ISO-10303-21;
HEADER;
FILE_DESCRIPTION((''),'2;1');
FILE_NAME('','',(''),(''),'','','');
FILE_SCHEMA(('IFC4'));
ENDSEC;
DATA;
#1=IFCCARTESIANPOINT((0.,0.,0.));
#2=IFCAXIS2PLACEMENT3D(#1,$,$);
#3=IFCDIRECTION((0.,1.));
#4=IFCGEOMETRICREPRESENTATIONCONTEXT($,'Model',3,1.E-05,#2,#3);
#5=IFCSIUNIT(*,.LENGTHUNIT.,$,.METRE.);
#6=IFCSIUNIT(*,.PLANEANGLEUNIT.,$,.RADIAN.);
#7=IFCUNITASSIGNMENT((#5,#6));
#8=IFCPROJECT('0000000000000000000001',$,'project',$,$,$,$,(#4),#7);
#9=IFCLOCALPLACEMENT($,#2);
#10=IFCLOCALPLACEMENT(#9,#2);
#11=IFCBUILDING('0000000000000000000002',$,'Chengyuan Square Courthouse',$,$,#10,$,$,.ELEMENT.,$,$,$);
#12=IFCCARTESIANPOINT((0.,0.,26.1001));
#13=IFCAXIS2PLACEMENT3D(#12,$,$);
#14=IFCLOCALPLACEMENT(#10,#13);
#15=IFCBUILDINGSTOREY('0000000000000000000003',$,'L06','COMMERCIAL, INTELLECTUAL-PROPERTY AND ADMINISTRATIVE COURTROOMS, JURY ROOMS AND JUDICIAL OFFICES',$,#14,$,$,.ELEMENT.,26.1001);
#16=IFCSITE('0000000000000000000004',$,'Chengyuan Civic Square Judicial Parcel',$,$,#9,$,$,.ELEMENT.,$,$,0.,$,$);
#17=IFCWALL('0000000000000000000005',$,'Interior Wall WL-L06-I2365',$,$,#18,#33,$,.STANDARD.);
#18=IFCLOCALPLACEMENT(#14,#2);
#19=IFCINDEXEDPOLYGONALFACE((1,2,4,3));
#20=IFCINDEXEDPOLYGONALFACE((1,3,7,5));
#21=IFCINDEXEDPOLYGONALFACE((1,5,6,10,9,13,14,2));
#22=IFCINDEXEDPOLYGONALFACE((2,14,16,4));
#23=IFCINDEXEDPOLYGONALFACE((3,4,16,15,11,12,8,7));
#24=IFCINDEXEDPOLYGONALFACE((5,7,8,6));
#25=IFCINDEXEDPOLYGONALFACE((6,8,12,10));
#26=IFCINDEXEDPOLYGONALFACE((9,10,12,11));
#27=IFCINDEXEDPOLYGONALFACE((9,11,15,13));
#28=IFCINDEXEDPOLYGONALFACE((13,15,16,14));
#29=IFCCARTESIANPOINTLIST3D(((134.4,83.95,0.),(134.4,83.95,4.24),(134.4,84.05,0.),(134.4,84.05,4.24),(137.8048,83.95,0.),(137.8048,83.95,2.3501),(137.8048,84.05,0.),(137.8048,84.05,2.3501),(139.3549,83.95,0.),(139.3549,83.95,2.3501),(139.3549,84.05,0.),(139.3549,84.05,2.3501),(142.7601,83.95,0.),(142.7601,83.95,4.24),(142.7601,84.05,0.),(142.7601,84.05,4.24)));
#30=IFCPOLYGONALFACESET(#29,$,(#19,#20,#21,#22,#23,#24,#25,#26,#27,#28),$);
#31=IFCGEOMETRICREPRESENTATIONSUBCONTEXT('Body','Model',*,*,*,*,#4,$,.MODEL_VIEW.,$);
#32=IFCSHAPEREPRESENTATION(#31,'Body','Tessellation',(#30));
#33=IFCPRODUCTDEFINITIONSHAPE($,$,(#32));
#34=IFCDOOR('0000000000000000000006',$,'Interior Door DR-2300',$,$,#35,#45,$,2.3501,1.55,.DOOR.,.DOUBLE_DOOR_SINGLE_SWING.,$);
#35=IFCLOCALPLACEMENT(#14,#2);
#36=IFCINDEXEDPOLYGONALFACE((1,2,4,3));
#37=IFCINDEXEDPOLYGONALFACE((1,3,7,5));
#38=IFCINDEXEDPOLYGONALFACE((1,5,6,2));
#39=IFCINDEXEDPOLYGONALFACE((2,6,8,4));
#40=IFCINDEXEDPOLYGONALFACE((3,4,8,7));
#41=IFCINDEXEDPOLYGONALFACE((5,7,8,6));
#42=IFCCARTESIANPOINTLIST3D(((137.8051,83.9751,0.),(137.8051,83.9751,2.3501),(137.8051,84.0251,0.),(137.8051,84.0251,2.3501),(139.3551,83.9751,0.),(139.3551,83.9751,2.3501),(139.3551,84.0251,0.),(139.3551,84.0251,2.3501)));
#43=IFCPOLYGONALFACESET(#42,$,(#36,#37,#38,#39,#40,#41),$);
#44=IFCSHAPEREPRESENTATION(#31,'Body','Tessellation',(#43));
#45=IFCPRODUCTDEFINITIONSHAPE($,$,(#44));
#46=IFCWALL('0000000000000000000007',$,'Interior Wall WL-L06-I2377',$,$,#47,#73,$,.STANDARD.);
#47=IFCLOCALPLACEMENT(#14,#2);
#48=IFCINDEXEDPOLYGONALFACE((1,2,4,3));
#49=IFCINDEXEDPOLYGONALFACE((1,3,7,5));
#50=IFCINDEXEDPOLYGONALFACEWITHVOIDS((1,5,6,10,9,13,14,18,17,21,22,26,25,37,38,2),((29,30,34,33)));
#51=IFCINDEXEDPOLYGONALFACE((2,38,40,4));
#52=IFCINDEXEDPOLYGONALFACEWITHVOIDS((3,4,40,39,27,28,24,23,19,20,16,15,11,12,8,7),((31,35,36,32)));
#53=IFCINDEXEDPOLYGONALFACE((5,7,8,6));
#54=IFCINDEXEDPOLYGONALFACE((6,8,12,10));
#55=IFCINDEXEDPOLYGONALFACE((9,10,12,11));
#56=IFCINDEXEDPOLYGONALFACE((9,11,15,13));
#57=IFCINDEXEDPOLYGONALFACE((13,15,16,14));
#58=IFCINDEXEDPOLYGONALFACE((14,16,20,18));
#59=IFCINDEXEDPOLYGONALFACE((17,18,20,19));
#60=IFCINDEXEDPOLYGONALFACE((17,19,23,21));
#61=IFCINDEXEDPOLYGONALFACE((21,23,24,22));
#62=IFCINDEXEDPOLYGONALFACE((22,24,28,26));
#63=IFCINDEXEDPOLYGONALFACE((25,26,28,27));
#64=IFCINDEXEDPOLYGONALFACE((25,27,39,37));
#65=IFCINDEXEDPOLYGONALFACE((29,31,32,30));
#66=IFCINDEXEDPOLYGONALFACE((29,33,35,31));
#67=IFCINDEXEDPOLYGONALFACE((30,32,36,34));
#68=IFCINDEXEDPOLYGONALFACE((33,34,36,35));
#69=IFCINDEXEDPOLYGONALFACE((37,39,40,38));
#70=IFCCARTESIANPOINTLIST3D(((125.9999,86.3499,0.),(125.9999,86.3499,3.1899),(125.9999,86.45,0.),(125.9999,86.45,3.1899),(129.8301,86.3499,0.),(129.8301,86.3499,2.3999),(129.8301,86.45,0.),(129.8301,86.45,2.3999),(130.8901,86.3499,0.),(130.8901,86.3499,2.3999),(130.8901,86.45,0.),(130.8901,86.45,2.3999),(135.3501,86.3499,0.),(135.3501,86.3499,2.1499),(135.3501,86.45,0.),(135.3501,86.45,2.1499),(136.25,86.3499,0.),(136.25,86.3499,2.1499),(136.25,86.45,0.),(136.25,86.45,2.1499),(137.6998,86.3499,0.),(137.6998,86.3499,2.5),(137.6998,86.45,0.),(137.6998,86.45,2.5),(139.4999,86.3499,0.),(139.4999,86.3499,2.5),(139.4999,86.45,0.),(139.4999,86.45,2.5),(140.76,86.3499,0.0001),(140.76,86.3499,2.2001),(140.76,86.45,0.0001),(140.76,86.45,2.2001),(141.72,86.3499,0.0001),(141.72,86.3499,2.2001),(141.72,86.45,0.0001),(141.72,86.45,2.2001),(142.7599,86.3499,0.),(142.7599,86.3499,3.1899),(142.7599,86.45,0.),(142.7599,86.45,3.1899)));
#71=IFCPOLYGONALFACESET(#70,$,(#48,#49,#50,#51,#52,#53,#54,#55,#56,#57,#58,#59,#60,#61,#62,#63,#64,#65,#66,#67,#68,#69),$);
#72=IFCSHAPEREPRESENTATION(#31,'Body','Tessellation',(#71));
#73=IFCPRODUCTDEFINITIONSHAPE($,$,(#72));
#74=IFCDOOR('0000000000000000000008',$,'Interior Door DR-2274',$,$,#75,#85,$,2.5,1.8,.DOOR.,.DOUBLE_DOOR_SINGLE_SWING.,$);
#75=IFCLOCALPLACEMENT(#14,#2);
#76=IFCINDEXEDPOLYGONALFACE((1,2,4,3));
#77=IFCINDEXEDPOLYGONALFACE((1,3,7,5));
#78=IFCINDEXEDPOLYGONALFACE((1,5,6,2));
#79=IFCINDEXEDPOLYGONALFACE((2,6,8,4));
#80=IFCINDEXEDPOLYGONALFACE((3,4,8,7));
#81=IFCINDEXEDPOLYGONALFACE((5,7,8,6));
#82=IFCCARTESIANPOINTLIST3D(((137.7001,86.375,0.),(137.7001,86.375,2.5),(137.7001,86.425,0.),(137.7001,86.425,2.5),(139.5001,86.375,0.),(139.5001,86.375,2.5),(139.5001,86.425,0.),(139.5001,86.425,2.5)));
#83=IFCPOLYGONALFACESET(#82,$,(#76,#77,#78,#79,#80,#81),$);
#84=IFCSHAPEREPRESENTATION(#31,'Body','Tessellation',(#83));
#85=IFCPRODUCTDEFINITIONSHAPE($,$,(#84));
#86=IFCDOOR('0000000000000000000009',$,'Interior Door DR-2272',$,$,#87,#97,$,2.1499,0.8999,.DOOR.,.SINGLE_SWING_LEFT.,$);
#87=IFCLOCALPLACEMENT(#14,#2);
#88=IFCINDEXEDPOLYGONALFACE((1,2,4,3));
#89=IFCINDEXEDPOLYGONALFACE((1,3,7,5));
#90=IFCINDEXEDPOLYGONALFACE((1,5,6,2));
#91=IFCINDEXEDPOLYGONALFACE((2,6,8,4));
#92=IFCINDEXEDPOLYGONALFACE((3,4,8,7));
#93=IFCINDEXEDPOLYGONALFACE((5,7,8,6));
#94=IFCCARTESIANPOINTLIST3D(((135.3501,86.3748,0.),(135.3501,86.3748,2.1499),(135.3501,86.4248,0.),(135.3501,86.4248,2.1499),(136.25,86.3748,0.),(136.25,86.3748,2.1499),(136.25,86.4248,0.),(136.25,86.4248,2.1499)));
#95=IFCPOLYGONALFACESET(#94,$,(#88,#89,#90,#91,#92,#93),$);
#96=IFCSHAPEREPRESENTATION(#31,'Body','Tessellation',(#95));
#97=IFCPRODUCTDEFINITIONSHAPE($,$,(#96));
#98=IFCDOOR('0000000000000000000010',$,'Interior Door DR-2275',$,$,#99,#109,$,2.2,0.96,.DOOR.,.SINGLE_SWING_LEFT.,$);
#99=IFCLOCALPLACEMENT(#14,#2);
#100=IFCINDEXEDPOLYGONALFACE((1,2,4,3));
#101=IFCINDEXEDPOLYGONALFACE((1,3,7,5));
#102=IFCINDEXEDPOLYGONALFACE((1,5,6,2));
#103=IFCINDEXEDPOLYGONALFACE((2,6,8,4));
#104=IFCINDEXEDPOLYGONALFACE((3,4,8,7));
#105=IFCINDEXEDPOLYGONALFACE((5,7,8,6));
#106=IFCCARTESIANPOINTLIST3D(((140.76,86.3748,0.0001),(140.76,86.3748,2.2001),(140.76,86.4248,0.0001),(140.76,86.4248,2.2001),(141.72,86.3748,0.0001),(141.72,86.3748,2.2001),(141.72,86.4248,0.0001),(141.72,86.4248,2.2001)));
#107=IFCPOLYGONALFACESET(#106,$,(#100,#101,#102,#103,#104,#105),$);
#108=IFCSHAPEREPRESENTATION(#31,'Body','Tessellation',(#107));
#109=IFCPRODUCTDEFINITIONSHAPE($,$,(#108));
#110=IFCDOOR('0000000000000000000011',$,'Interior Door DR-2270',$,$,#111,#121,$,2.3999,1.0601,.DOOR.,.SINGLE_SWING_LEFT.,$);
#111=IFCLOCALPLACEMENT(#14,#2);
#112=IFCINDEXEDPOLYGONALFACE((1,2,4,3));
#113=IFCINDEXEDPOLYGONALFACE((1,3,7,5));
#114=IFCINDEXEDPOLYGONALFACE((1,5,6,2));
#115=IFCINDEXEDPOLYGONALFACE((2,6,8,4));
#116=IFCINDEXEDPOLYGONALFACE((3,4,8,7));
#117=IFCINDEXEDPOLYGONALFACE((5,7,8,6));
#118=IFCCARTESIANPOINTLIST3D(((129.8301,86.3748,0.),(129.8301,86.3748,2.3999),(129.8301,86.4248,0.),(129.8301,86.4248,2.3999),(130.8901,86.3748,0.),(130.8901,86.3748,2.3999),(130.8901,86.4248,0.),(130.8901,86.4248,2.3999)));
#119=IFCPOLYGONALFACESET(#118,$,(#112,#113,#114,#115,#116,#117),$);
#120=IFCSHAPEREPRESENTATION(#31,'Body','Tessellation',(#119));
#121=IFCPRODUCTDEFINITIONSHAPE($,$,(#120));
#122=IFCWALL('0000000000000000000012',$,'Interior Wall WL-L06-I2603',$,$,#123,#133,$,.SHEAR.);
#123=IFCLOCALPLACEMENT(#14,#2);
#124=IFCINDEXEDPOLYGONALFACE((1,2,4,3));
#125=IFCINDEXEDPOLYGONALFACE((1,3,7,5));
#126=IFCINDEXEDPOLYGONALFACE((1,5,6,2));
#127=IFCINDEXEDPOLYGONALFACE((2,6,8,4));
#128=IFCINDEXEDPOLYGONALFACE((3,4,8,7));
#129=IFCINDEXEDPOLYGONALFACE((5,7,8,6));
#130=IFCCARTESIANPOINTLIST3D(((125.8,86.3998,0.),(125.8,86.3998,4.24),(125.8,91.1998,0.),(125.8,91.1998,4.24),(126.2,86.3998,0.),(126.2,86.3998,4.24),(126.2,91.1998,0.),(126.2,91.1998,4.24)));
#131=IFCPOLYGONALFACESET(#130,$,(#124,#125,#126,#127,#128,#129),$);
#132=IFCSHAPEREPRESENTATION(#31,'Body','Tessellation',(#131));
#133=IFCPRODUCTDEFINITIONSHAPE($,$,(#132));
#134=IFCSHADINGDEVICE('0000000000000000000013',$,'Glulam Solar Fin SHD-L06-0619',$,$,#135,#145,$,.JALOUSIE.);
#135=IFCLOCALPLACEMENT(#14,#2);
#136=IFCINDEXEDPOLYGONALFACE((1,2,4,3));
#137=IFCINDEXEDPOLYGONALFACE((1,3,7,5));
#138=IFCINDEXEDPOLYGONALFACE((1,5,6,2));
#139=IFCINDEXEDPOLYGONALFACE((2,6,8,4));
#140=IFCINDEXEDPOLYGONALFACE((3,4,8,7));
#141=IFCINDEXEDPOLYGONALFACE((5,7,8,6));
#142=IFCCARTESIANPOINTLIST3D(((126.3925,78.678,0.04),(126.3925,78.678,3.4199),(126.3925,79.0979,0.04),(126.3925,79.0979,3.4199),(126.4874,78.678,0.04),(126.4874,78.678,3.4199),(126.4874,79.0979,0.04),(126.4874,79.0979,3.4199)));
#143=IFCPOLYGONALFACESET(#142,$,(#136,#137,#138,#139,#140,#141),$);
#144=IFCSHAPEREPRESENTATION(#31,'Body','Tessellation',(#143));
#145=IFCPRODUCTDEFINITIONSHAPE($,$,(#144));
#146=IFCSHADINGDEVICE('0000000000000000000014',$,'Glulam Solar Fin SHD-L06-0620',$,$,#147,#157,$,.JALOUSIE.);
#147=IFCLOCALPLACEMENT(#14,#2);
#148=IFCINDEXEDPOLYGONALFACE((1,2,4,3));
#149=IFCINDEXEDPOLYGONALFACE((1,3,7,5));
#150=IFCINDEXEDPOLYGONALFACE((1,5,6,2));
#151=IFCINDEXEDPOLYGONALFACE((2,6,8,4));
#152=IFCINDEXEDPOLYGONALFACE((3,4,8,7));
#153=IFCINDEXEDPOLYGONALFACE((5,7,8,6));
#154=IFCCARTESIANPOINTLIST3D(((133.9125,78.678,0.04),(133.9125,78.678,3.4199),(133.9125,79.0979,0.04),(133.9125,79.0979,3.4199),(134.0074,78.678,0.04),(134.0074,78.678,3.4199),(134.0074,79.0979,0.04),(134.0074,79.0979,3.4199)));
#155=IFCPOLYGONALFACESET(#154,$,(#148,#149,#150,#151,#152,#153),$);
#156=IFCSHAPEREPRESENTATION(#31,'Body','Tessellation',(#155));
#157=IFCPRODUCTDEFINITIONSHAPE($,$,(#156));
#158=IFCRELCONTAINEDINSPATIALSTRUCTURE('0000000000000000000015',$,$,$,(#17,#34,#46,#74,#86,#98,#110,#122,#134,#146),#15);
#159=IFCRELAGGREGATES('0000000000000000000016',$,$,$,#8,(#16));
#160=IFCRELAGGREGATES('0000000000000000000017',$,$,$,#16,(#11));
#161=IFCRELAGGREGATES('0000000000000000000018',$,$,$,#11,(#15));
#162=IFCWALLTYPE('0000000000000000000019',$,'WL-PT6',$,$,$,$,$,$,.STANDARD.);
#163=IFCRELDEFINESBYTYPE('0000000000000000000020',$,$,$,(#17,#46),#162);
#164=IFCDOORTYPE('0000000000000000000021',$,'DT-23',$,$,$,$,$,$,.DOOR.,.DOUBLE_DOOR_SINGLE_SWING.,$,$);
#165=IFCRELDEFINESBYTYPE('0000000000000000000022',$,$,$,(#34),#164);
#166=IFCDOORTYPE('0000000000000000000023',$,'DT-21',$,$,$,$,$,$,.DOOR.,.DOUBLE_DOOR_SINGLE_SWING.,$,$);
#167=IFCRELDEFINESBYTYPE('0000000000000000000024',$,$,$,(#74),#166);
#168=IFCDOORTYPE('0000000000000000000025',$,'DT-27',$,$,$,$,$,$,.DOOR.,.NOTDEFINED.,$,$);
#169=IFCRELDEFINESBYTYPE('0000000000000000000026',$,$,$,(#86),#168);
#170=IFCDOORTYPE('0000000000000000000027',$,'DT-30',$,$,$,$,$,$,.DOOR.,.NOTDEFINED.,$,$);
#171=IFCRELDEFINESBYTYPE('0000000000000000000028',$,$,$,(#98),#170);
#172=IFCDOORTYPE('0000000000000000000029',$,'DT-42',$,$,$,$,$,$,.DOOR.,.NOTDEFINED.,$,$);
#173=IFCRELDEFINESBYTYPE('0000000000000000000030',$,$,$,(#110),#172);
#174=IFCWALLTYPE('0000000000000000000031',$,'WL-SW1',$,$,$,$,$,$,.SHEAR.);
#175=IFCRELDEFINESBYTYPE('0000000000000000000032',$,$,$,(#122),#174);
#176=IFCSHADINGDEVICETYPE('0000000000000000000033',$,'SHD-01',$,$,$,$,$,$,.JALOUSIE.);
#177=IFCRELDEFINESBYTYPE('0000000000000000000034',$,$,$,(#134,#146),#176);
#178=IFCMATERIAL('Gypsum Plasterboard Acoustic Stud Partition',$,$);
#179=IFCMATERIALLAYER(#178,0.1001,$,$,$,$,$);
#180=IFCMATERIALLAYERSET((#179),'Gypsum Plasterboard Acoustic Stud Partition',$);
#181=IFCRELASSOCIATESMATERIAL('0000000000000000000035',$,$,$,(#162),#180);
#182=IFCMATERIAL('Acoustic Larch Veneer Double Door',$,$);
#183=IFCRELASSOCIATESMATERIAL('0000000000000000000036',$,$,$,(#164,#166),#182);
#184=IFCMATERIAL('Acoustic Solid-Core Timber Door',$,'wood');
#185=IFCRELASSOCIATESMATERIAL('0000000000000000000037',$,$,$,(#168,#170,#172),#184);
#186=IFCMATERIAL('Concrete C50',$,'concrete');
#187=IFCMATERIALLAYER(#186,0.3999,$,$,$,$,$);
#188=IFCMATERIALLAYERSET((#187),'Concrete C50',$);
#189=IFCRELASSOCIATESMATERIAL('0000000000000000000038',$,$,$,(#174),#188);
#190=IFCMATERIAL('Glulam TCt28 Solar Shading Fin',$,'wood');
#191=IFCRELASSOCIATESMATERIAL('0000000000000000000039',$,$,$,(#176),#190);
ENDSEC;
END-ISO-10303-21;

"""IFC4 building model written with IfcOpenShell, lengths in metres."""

from ifc_helpers import new_model, si_unit, direction, frame, frame_2d, origin, origin_2d, place, context, subcontext, project, spatial, rectangle, extrude, material, layer, layer_set, type_object, element, fill, save


model = new_model("IFC4")

# Units and contexts
model_context = context("Model", 3, precision=1e-05, world=origin(), true_north=direction((0.0, 1.0)))
body_context = subcontext(model_context, "Body", "Model", "MODEL_VIEW")
ifc_project = project(units=[si_unit("LENGTHUNIT", "METRE"), si_unit("PLANEANGLEUNIT", "RADIAN")], contexts=[model_context])

# Site, building, storey
site_placement = place(None, origin())
site = spatial("IfcSite", under=ifc_project, at=site_placement, Name="Chengyuan Civic Square Judicial Parcel", CompositionType="ELEMENT", RefElevation=0.0)
building_placement = place(site_placement, origin())
building = spatial("IfcBuilding", under=site, at=building_placement, Name="Chengyuan Square Courthouse", CompositionType="ELEMENT")
storey_placement = place(building_placement, frame((0.0, 0.0, 26.1001)))
storey = spatial("IfcBuildingStorey", under=building, at=storey_placement, Name="L06", Description="COMMERCIAL, INTELLECTUAL-PROPERTY AND ADMINISTRATIVE COURTROOMS, JURY ROOMS AND JUDICIAL OFFICES", CompositionType="ELEMENT", Elevation=26.1001)

# Shared definitions
ifc_material_1 = material(Name="Concrete C50", Category="concrete")

# Wall, opening, door
ifc_material_2 = material(Name="Acoustic Larch Veneer Double Door")
ifc_material_3 = material(Name="Gypsum Plasterboard Acoustic Stud Partition")
ifc_layer_1 = layer(ifc_material_3, 0.1001)
ifc_layer_set_1 = layer_set([ifc_layer_1], Name="Gypsum Plasterboard Acoustic Stud Partition")
wall_type_1 = type_object("IfcWallType", Name="WL-PT6", PredefinedType="STANDARD", material=ifc_layer_set_1)
wall_1_placement = place(storey_placement, frame((134.3999, 84.0, 0.0), z_axis=(0.0, 0.0, 1.0), x_axis=(1.0, 0.0, 0.0)))
wall_1 = element("IfcWall", 1, at=wall_1_placement, inside=storey, type_object=wall_type_1, Name="Interior Wall WL-L06-I2365", PredefinedType="STANDARD", context=body_context, shape_type="SweptSolid", body=[
    extrude(rectangle(XDim=8.3601, YDim=0.1001, at=frame_2d((4.1802, 0.0))), origin(), (0.0, 0.0, 1.0), 4.24),
])
opening_1_placement = place(wall_1_placement, frame((3.405, 0.0, 0.0)))
opening_1 = element("IfcOpeningElement", 2, at=opening_1_placement, cuts=wall_1, PredefinedType="OPENING", context=body_context, shape_type="SweptSolid", body=[
    extrude(rectangle(XDim=1.55, YDim=2.3501, at=frame_2d((0.7749, 1.175))), frame((0.0, 0.062, 0.0), z_axis=(0.0, -1.0, 0.0), x_axis=(1.0, 0.0, 0.0)), (0.0, 0.0, 1.0), 0.124),
])
door_type_1 = type_object("IfcDoorType", Name="DT-23", OperationType="DOUBLE_DOOR_SINGLE_SWING", PredefinedType="DOOR", material=ifc_material_2)
door_1_placement = place(opening_1_placement, frame((1.55, 0.0, 0.0), z_axis=(0.0, 0.0, 1.0), x_axis=(-1.0, 0.0, 0.0)))
door_1 = element("IfcDoor", 3, at=door_1_placement, inside=storey, type_object=door_type_1, Name="Interior Door DR-2300", OperationType="DOUBLE_DOOR_SINGLE_SWING", OverallHeight=2.3501, OverallWidth=1.55, PredefinedType="DOOR", context=body_context, shape_type="SweptSolid", body=[
    extrude(rectangle(XDim=1.55, YDim=2.3501, at=frame_2d((0.7749, 1.175))), frame((0.0, 0.0249, 0.0), z_axis=(0.0, -1.0, 0.0), x_axis=(1.0, 0.0, 0.0)), (0.0, 0.0, 1.0), 0.05),
])
fill(opening_1, door_1)

# Wall, openings, doors
wall_2_placement = place(storey_placement, frame((126.0, 86.3999, 0.0), z_axis=(0.0, 0.0, 1.0), x_axis=(1.0, 0.0, 0.0)))
wall_2 = element("IfcWall", 4, at=wall_2_placement, inside=storey, type_object=wall_type_1, Name="Interior Wall WL-L06-I2377", PredefinedType="STANDARD", context=body_context, shape_type="SweptSolid", body=[
    extrude(rectangle(XDim=16.76, YDim=0.1001, at=frame_2d((8.3799, 0.0))), origin(), (0.0, 0.0, 1.0), 3.1899),
])
opening_2_placement = place(wall_2_placement, frame((3.8301, 0.0, 0.0)))
opening_2 = element("IfcOpeningElement", 5, at=opening_2_placement, cuts=wall_2, PredefinedType="OPENING", context=body_context, shape_type="SweptSolid", body=[
    extrude(rectangle(XDim=1.0601, YDim=2.3999, at=frame_2d((0.53, 1.2))), frame((0.0, 0.062, 0.0), z_axis=(0.0, -1.0, 0.0), x_axis=(1.0, 0.0, 0.0)), (0.0, 0.0, 1.0), 0.124),
])
opening_3_placement = place(wall_2_placement, frame((9.3501, 0.0, 0.0)))
opening_3 = element("IfcOpeningElement", 6, at=opening_3_placement, cuts=wall_2, PredefinedType="OPENING", context=body_context, shape_type="SweptSolid", body=[
    extrude(rectangle(XDim=0.8999, YDim=2.1499, at=frame_2d((0.45, 1.075))), frame((0.0, 0.062, 0.0), z_axis=(0.0, -1.0, 0.0), x_axis=(1.0, 0.0, 0.0)), (0.0, 0.0, 1.0), 0.124),
])
opening_4_placement = place(wall_2_placement, frame((11.7, 0.0, 0.0)))
opening_4 = element("IfcOpeningElement", 7, at=opening_4_placement, cuts=wall_2, PredefinedType="OPENING", context=body_context, shape_type="SweptSolid", body=[
    extrude(rectangle(XDim=1.8, YDim=2.5, at=frame_2d((0.8999, 1.25))), frame((0.0, 0.062, 0.0), z_axis=(0.0, -1.0, 0.0), x_axis=(1.0, 0.0, 0.0)), (0.0, 0.0, 1.0), 0.124),
])
opening_5_placement = place(wall_2_placement, frame((14.76, 0.0, 0.0)))
opening_5 = element("IfcOpeningElement", 8, at=opening_5_placement, cuts=wall_2, PredefinedType="OPENING", context=body_context, shape_type="SweptSolid", body=[
    extrude(rectangle(XDim=0.96, YDim=2.2, at=frame_2d((0.48, 1.1001))), frame((0.0, 0.062, 0.0), z_axis=(0.0, -1.0, 0.0), x_axis=(1.0, 0.0, 0.0)), (0.0, 0.0, 1.0), 0.124),
])
door_type_2 = type_object("IfcDoorType", Name="DT-21", OperationType="DOUBLE_DOOR_SINGLE_SWING", PredefinedType="DOOR", material=ifc_material_2)
door_2_placement = place(opening_4_placement, frame((1.8, 0.0, 0.0), z_axis=(0.0, 0.0, 1.0), x_axis=(-1.0, 0.0, 0.0)))
door_2 = element("IfcDoor", 9, at=door_2_placement, inside=storey, type_object=door_type_2, Name="Interior Door DR-2274", OperationType="DOUBLE_DOOR_SINGLE_SWING", OverallHeight=2.5, OverallWidth=1.8, PredefinedType="DOOR", context=body_context, shape_type="SweptSolid", body=[
    extrude(rectangle(XDim=1.8, YDim=2.5, at=frame_2d((0.8999, 1.25))), frame((0.0, 0.0249, 0.0), z_axis=(0.0, -1.0, 0.0), x_axis=(1.0, 0.0, 0.0)), (0.0, 0.0, 1.0), 0.05),
])
fill(opening_4, door_2)
ifc_material_4 = material(Name="Acoustic Solid-Core Timber Door", Category="wood")
door_type_3 = type_object("IfcDoorType", Name="DT-27", OperationType="NOTDEFINED", PredefinedType="DOOR", material=ifc_material_4)
door_3_placement = place(opening_3_placement, origin())
door_3 = element("IfcDoor", 10, at=door_3_placement, inside=storey, type_object=door_type_3, Name="Interior Door DR-2272", OperationType="SINGLE_SWING_LEFT", OverallHeight=2.1499, OverallWidth=0.8999, PredefinedType="DOOR", context=body_context, shape_type="SweptSolid", body=[
    extrude(rectangle(XDim=0.8999, YDim=2.1499, at=frame_2d((0.45, 1.075))), frame((0.0, 0.0249, 0.0), z_axis=(0.0, -1.0, 0.0), x_axis=(1.0, 0.0, 0.0)), (0.0, 0.0, 1.0), 0.05),
])
fill(opening_3, door_3)
door_type_4 = type_object("IfcDoorType", Name="DT-30", OperationType="NOTDEFINED", PredefinedType="DOOR", material=ifc_material_4)
door_4_placement = place(opening_5_placement, origin())
door_4 = element("IfcDoor", 11, at=door_4_placement, inside=storey, type_object=door_type_4, Name="Interior Door DR-2275", OperationType="SINGLE_SWING_LEFT", OverallHeight=2.2, OverallWidth=0.96, PredefinedType="DOOR", context=body_context, shape_type="SweptSolid", body=[
    extrude(rectangle(XDim=0.96, YDim=2.2, at=frame_2d((0.48, 1.1001))), frame((0.0, 0.0249, 0.0), z_axis=(0.0, -1.0, 0.0), x_axis=(1.0, 0.0, 0.0)), (0.0, 0.0, 1.0), 0.05),
])
fill(opening_5, door_4)
door_type_5 = type_object("IfcDoorType", Name="DT-42", OperationType="NOTDEFINED", PredefinedType="DOOR", material=ifc_material_4)
door_5_placement = place(opening_2_placement, origin())
door_5 = element("IfcDoor", 12, at=door_5_placement, inside=storey, type_object=door_type_5, Name="Interior Door DR-2270", OperationType="SINGLE_SWING_LEFT", OverallHeight=2.3999, OverallWidth=1.0601, PredefinedType="DOOR", context=body_context, shape_type="SweptSolid", body=[
    extrude(rectangle(XDim=1.0601, YDim=2.3999, at=frame_2d((0.53, 1.2))), frame((0.0, 0.0249, 0.0), z_axis=(0.0, -1.0, 0.0), x_axis=(1.0, 0.0, 0.0)), (0.0, 0.0, 1.0), 0.05),
])
fill(opening_2, door_5)

# Wall
ifc_layer_2 = layer(ifc_material_1, 0.3999)
ifc_layer_set_2 = layer_set([ifc_layer_2], Name="Concrete C50")
wall_type_2 = type_object("IfcWallType", Name="WL-SW1", PredefinedType="SHEAR", material=ifc_layer_set_2)
wall_3_placement = place(storey_placement, frame((126.0, 86.3999, 0.0), z_axis=(0.0, 0.0, 1.0), x_axis=(0.0, 1.0, 0.0)))
element("IfcWall", 13, at=wall_3_placement, inside=storey, type_object=wall_type_2, Name="Interior Wall WL-L06-I2603", PredefinedType="SHEAR", context=body_context, shape_type="SweptSolid", body=[
    extrude(rectangle(XDim=4.8, YDim=0.3999, at=frame_2d((2.3999, 0.0))), origin(), (0.0, 0.0, 1.0), 4.24),
])

# Shading devices
ifc_material_5 = material(Name="Glulam TCt28 Solar Shading Fin", Category="wood")
shading_device_type_1 = type_object("IfcShadingDeviceType", Name="SHD-01", PredefinedType="JALOUSIE", material=ifc_material_5)
for number, where, z_axis, x_axis, name in (
    (14, (126.4399, 78.8879, 0.04), (0.0, 0.0, 1.0), (0.0, 1.0, 0.0), "Glulam Solar Fin SHD-L06-0619"),
    (15, (133.96, 78.8879, 0.04), (0.0, 0.0, 1.0), (0.0, 1.0, 0.0), "Glulam Solar Fin SHD-L06-0620"),
):
    element("IfcShadingDevice", number, at=place(storey_placement, frame(where, z_axis=z_axis, x_axis=x_axis)), inside=storey, type_object=shading_device_type_1, Name=name, PredefinedType="JALOUSIE", context=body_context, shape_type="SweptSolid", body=[
        extrude(rectangle(XDim=0.4199, YDim=0.095, at=origin_2d()), origin(), (0.0, 0.0, 1.0), 3.3799),
    ])

save(model, "model.ifc")
